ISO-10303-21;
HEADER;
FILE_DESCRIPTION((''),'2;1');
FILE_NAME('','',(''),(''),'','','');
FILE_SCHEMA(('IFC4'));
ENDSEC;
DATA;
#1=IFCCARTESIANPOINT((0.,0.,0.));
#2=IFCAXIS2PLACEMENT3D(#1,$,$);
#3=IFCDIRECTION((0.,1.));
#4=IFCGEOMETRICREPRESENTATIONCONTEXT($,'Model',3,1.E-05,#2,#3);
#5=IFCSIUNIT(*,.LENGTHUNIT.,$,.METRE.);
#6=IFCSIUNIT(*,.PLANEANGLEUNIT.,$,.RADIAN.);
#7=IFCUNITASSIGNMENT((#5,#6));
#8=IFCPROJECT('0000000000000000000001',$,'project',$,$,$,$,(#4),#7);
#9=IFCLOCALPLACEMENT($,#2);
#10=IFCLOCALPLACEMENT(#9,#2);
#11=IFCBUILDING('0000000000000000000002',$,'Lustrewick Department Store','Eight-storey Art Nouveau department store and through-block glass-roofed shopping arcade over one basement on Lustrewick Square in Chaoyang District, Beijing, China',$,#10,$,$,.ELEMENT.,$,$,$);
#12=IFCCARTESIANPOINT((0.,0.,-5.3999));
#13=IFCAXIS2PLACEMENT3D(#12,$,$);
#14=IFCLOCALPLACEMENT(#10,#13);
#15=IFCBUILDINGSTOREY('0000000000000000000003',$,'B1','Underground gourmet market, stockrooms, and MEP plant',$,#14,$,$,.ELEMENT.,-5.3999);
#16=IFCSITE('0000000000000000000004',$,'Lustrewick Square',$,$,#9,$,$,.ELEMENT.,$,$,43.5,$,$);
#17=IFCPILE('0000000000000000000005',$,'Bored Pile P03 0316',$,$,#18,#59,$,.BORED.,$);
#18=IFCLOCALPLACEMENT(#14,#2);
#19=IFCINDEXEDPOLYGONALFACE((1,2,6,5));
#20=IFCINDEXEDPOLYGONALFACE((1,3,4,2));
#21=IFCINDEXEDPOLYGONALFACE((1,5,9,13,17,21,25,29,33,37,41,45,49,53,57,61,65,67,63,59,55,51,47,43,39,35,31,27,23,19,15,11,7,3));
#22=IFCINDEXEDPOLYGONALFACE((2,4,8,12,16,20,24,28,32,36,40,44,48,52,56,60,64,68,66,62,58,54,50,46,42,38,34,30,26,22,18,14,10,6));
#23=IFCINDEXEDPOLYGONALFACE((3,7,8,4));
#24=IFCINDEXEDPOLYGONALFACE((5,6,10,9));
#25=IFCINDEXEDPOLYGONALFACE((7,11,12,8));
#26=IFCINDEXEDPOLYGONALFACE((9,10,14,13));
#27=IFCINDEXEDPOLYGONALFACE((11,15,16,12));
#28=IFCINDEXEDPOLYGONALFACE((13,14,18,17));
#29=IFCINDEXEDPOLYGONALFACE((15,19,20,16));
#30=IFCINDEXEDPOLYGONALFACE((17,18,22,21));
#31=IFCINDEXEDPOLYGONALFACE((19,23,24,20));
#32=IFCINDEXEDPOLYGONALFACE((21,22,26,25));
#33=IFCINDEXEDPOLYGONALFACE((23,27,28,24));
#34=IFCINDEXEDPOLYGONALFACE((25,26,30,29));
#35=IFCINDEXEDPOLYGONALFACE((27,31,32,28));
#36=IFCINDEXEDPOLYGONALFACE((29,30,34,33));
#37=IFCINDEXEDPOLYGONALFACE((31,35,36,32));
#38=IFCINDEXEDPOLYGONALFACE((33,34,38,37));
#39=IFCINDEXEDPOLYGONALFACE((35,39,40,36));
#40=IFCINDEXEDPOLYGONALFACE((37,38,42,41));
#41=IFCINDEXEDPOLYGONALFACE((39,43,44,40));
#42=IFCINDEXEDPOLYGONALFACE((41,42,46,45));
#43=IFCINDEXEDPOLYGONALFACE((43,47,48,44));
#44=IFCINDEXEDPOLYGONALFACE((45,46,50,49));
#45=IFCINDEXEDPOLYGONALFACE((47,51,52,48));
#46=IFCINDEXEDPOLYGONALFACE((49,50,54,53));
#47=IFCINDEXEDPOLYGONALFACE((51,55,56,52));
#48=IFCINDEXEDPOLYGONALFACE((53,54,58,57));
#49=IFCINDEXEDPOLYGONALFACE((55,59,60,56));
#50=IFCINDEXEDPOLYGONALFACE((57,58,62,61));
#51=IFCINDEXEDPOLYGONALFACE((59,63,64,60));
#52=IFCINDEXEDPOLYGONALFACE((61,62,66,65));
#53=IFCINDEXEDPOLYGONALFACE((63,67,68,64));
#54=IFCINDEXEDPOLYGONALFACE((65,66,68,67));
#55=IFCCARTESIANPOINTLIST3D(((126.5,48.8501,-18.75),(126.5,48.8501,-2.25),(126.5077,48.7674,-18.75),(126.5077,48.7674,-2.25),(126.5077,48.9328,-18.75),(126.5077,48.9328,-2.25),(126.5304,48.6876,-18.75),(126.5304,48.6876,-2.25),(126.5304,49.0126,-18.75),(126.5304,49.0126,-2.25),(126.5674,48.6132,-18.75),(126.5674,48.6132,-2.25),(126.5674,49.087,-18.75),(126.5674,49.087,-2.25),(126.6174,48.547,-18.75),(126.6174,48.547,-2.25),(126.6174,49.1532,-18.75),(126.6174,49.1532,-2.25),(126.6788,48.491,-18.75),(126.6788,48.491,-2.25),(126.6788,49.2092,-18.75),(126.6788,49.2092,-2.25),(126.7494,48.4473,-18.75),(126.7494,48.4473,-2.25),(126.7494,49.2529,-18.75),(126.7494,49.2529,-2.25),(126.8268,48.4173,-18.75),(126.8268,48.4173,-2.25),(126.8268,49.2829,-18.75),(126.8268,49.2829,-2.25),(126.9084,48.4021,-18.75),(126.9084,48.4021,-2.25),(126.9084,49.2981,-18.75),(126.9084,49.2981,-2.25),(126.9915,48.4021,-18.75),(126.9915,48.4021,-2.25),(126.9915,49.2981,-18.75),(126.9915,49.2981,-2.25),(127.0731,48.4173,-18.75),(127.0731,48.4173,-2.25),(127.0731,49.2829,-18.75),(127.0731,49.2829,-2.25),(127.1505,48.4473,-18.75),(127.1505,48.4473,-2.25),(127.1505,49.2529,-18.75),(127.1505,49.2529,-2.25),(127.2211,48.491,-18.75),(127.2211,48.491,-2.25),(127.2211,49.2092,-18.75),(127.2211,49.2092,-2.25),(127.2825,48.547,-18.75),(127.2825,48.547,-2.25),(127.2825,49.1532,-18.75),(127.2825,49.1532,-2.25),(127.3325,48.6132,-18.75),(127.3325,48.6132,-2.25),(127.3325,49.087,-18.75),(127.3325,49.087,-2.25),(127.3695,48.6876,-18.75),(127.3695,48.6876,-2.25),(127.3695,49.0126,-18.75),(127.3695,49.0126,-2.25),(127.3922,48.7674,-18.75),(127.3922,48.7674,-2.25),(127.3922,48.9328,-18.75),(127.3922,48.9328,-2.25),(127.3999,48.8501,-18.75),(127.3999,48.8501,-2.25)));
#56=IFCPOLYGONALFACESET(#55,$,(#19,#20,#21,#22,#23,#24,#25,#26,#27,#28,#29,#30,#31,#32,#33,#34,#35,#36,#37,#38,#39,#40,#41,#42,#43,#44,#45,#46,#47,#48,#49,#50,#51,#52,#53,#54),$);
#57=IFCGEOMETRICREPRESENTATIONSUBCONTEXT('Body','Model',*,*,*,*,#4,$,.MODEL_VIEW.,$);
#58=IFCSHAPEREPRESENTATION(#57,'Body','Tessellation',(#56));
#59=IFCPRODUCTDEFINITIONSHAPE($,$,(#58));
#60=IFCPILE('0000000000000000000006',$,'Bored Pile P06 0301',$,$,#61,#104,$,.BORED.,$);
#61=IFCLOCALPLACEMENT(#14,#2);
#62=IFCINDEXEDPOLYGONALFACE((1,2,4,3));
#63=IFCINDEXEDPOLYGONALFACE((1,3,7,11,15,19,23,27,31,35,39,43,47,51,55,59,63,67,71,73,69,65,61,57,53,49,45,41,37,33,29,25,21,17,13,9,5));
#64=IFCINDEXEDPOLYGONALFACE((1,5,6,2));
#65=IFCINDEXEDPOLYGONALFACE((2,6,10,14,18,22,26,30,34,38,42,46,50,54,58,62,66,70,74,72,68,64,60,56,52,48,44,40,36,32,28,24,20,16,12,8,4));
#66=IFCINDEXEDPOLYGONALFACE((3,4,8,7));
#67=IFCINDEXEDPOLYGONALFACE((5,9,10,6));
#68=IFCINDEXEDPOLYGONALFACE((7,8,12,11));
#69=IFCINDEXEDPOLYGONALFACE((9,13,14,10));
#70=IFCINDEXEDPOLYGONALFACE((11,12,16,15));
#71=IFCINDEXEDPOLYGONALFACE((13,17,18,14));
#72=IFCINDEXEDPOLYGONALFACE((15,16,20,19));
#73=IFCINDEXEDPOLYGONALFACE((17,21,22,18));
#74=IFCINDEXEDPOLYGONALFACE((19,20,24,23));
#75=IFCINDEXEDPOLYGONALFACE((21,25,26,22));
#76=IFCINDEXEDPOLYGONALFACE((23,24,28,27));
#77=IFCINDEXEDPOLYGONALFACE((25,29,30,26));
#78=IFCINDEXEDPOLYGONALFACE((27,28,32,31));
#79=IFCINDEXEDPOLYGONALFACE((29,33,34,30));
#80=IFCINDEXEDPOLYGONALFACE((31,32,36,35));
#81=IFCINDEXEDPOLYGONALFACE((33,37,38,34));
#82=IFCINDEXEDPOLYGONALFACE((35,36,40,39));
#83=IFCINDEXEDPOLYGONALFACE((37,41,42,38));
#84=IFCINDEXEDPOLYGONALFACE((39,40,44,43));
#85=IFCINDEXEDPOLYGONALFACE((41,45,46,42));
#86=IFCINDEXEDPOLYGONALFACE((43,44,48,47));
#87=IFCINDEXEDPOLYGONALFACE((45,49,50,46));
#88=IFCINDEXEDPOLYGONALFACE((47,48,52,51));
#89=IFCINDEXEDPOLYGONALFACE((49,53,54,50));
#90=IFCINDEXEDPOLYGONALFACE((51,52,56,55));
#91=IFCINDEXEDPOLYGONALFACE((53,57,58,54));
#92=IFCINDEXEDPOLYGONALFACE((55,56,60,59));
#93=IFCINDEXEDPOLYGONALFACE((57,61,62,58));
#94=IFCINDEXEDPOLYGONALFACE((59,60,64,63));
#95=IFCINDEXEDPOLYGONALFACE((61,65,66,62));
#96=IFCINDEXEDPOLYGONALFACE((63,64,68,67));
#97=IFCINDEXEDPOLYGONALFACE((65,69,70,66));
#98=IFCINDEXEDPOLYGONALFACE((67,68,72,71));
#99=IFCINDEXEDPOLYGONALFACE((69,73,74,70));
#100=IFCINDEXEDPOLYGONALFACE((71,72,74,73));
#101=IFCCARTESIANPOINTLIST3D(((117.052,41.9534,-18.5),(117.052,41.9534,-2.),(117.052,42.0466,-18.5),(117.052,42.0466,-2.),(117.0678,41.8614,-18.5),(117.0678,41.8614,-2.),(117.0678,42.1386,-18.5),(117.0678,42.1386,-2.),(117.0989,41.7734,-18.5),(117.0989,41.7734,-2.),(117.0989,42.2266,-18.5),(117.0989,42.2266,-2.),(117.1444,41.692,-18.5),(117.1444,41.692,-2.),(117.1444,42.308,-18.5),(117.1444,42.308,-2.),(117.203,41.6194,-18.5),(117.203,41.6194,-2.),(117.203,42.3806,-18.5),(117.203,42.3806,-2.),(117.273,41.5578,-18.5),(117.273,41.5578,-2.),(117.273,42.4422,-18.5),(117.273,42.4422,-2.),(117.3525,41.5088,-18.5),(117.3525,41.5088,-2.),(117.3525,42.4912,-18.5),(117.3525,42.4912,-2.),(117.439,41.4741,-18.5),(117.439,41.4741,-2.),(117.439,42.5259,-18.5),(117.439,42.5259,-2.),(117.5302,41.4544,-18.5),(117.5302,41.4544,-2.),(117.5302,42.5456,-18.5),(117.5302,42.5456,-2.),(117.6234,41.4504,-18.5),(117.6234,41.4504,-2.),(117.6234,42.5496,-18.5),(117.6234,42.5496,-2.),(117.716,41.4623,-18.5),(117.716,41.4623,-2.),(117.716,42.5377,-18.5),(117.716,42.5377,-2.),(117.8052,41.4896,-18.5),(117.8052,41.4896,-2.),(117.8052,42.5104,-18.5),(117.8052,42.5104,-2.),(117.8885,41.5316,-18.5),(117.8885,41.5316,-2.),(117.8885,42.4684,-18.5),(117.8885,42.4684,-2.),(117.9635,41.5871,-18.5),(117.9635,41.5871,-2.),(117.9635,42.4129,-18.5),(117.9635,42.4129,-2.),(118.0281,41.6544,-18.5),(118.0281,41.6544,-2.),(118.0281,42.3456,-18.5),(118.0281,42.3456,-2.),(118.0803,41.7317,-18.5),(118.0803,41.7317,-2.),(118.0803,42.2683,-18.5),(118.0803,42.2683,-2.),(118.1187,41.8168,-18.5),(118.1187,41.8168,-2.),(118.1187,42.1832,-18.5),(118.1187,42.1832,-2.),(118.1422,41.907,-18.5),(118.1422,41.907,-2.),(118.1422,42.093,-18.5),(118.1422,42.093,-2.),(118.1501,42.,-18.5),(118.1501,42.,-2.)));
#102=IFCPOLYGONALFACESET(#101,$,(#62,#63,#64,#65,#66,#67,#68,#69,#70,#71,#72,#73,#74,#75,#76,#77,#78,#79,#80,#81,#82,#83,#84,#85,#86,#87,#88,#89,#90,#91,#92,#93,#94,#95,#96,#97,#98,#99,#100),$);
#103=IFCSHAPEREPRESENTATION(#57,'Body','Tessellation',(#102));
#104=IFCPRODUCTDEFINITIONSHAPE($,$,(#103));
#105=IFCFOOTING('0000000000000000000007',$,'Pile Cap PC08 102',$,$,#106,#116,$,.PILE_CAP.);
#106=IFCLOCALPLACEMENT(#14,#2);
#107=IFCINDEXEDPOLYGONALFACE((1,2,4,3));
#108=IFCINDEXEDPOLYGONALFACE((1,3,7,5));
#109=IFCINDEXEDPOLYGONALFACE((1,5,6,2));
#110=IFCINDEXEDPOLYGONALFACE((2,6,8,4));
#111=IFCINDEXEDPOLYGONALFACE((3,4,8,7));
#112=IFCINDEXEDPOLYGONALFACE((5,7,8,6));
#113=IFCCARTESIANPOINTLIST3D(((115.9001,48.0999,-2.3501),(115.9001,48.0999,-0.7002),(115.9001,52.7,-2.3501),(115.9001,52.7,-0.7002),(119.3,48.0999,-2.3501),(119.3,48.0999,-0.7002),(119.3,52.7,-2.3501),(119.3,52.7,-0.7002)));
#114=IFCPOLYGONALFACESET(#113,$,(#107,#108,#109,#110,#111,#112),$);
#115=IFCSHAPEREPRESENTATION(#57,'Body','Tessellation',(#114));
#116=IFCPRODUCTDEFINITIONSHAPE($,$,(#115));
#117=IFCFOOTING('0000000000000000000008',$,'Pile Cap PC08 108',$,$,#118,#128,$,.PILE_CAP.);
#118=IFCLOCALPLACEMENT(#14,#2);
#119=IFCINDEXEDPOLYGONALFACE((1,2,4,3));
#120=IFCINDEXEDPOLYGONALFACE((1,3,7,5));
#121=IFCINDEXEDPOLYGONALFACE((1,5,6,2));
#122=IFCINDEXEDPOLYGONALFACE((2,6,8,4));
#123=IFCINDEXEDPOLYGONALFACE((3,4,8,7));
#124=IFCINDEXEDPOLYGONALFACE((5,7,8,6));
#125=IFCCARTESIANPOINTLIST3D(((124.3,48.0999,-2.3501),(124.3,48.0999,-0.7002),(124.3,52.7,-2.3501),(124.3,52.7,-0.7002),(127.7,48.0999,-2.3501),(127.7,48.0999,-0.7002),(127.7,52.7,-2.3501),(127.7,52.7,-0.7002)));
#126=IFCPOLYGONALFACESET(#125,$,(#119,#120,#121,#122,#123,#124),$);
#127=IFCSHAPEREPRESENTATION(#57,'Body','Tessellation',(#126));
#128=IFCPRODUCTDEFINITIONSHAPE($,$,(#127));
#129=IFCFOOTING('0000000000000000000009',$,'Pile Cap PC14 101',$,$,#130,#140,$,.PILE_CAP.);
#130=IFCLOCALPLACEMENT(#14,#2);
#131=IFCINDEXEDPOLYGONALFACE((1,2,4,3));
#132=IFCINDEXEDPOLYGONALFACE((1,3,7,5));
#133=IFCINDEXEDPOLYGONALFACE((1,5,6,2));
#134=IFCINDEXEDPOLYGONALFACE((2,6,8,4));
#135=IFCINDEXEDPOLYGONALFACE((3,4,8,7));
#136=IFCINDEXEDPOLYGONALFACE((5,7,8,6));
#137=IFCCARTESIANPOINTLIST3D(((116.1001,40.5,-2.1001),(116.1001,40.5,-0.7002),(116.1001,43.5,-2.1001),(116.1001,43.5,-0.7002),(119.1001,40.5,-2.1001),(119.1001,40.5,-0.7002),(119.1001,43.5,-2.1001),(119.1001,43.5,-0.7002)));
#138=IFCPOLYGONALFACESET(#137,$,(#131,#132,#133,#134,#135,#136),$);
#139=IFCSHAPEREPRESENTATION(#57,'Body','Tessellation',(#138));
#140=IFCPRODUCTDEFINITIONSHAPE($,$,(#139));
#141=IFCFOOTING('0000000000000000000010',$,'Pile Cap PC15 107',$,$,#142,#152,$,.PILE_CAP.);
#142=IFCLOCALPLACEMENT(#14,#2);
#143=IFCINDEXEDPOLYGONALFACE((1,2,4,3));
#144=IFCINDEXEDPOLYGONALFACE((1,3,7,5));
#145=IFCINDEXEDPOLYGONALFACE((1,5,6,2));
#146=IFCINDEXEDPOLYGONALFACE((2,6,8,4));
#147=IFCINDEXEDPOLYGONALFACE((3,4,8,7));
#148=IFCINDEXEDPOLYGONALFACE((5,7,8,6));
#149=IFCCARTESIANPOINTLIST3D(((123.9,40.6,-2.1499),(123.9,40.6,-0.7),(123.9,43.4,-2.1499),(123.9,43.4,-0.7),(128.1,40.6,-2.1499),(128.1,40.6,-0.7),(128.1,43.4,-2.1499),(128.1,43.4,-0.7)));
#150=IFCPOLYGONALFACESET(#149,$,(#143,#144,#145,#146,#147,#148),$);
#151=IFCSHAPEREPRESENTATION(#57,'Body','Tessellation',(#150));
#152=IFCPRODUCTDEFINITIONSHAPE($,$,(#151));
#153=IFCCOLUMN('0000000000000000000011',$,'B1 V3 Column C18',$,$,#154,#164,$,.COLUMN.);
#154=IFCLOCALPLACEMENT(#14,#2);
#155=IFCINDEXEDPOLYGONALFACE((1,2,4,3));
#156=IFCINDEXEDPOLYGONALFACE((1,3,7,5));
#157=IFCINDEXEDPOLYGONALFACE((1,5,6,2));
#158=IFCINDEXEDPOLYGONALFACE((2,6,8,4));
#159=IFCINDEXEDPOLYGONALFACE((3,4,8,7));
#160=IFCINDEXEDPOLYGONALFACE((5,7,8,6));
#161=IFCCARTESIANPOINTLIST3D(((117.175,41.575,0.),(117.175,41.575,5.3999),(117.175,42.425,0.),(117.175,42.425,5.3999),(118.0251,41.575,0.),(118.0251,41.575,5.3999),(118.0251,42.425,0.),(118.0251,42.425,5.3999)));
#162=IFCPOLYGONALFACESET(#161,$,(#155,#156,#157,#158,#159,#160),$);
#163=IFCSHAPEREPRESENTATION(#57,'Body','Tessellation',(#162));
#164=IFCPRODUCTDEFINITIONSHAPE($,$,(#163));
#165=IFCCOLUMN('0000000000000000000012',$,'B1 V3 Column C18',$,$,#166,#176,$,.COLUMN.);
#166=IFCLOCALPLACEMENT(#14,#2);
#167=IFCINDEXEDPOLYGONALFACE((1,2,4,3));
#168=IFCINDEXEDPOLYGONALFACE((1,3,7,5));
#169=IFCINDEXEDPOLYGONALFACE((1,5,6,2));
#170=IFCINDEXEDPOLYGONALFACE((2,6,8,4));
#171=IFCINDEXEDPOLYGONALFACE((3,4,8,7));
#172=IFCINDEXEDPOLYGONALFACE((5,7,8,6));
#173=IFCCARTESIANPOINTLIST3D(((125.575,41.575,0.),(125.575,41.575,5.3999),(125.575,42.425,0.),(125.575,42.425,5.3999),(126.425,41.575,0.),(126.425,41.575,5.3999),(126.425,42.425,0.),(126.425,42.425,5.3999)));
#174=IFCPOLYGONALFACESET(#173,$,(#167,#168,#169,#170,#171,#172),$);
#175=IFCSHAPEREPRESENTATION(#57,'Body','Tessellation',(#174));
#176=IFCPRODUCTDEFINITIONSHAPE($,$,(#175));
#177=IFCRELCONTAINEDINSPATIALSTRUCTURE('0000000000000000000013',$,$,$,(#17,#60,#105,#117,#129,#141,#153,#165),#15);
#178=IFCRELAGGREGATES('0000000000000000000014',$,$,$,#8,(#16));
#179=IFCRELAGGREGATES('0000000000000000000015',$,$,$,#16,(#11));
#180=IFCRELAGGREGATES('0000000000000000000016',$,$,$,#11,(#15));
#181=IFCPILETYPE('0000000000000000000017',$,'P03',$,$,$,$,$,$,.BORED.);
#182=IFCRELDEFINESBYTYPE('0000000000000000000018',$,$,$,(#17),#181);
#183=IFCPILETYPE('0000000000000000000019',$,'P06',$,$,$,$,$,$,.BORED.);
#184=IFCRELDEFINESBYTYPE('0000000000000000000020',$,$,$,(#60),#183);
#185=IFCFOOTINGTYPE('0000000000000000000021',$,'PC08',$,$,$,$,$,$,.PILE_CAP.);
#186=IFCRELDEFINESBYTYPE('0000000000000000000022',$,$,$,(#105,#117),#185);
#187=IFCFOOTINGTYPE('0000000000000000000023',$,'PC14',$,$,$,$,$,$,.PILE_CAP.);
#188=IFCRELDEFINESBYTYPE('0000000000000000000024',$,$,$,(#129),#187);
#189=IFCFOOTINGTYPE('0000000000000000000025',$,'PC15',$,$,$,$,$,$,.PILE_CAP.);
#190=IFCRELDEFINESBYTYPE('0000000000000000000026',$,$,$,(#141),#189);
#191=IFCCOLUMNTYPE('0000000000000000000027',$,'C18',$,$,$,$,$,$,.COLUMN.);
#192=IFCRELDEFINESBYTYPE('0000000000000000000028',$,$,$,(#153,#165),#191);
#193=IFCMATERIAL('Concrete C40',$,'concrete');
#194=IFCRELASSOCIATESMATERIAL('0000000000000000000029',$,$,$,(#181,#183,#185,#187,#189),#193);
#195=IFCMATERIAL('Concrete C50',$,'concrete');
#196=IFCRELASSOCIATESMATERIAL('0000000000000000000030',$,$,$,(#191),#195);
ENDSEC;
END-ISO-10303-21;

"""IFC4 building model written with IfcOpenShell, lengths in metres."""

from ifc_helpers import new_model, si_unit, direction, frame, origin, origin_2d, place, context, subcontext, project, spatial, rectangle, circle, extrude, material, material_profile, profile_set, type_object, element, save


model = new_model("IFC4")

# Units and contexts
model_context = context("Model", 3, precision=1e-05, world=origin(), true_north=direction((0.0, 1.0)))
body_context = subcontext(model_context, "Body", "Model", "MODEL_VIEW")
ifc_project = project(units=[si_unit("LENGTHUNIT", "METRE"), si_unit("PLANEANGLEUNIT", "RADIAN")], contexts=[model_context])

# Site, building, storey
site_placement = place(None, origin())
site = spatial("IfcSite", under=ifc_project, at=site_placement, Name="Lustrewick Square", CompositionType="ELEMENT", RefElevation=43.5)
building_placement = place(site_placement, origin())
building = spatial("IfcBuilding", under=site, at=building_placement, Name="Lustrewick Department Store", Description="Eight-storey Art Nouveau department store and through-block glass-roofed shopping arcade over one basement on Lustrewick Square in Chaoyang District, Beijing, China", CompositionType="ELEMENT")
storey_placement = place(building_placement, frame((0.0, 0.0, -5.3999)))
storey = spatial("IfcBuildingStorey", under=building, at=storey_placement, Name="B1", Description="Underground gourmet market, stockrooms, and MEP plant", CompositionType="ELEMENT", Elevation=-5.3999)

# Piles
ifc_material_1 = material(Name="Concrete C40", Category="concrete")
ifc_material_profile_1 = material_profile(ifc_material_1, circle(Radius=0.45, at=origin_2d()), Name="PILE D900")
ifc_profile_set_1 = profile_set([ifc_material_profile_1], Name="Concrete C40")
pile_type_1 = type_object("IfcPileType", Name="P03", PredefinedType="BORED", material=ifc_profile_set_1)
for number, where, z_axis, x_axis, name in (
    (1, (126.95, 48.8501, -2.25), (0.0, 0.0, -1.0), (1.0, 0.0, 0.0), "Bored Pile P03 0316"),
):
    element("IfcPile", number, at=place(storey_placement, frame(where, z_axis=z_axis, x_axis=x_axis)), inside=storey, type_object=pile_type_1, Name=name, PredefinedType="BORED", context=body_context, shape_type="SweptSolid", body=[
        extrude(circle(Radius=0.45, at=origin_2d()), origin(), (0.0, 0.0, 1.0), 16.5),
    ])
ifc_material_profile_2 = material_profile(ifc_material_1, circle(Radius=0.55, at=origin_2d()), Name="PILE D1100")
ifc_profile_set_2 = profile_set([ifc_material_profile_2], Name="Concrete C40")
pile_type_2 = type_object("IfcPileType", Name="P06", PredefinedType="BORED", material=ifc_profile_set_2)
pile_placement = place(storey_placement, frame((117.6001, 42.0, -2.0), z_axis=(0.0, 0.0, -1.0), x_axis=(1.0, 0.0, 0.0)))
element("IfcPile", 2, at=pile_placement, inside=storey, type_object=pile_type_2, Name="Bored Pile P06 0301", PredefinedType="BORED", context=body_context, shape_type="SweptSolid", body=[
    extrude(circle(Radius=0.55, at=origin_2d()), origin(), (0.0, 0.0, 1.0), 16.5),
])

# Footings
footing_type_1 = type_object("IfcFootingType", Name="PC08", PredefinedType="PILE_CAP", material=ifc_material_1)
for number, where, z_axis, x_axis, name in (
    (3, (117.6001, 50.3999, -2.3501), (0.0, 0.0, 1.0), (1.0, 0.0, 0.0), "Pile Cap PC08 102"),
    (4, (126.0, 50.3999, -2.3501), (0.0, 0.0, 1.0), (1.0, 0.0, 0.0), "Pile Cap PC08 108"),
):
    element("IfcFooting", number, at=place(storey_placement, frame(where, z_axis=z_axis, x_axis=x_axis)), inside=storey, type_object=footing_type_1, Name=name, PredefinedType="PILE_CAP", context=body_context, shape_type="SweptSolid", body=[
        extrude(rectangle(XDim=3.3999, YDim=4.6001, at=origin_2d()), origin(), (0.0, 0.0, 1.0), 1.6499),
    ])
footing_type_2 = type_object("IfcFootingType", Name="PC14", PredefinedType="PILE_CAP", material=ifc_material_1)
footing_1_placement = place(storey_placement, frame((117.6001, 42.0, -2.1001), z_axis=(0.0, 0.0, 1.0), x_axis=(1.0, 0.0, 0.0)))
element("IfcFooting", 5, at=footing_1_placement, inside=storey, type_object=footing_type_2, Name="Pile Cap PC14 101", PredefinedType="PILE_CAP", context=body_context, shape_type="SweptSolid", body=[
    extrude(rectangle(XDim=3.0, YDim=3.0, at=origin_2d()), origin(), (0.0, 0.0, 1.0), 1.3999),
])
footing_type_3 = type_object("IfcFootingType", Name="PC15", PredefinedType="PILE_CAP", material=ifc_material_1)
footing_2_placement = place(storey_placement, frame((126.0, 42.0, -2.1499), z_axis=(0.0, 0.0, 1.0), x_axis=(1.0, 0.0, 0.0)))
element("IfcFooting", 6, at=footing_2_placement, inside=storey, type_object=footing_type_3, Name="Pile Cap PC15 107", PredefinedType="PILE_CAP", context=body_context, shape_type="SweptSolid", body=[
    extrude(rectangle(XDim=4.2, YDim=2.8, at=origin_2d()), origin(), (0.0, 0.0, 1.0), 1.45),
])

# Columns
ifc_material_2 = material(Name="Concrete C50", Category="concrete")
ifc_material_profile_3 = material_profile(ifc_material_2, rectangle(XDim=0.8501, YDim=0.8501, at=origin_2d()), Name="RC 850x850")
ifc_profile_set_3 = profile_set([ifc_material_profile_3], Name="Concrete C50")
column_type_1 = type_object("IfcColumnType", Name="C18", PredefinedType="COLUMN", material=ifc_profile_set_3)
for number, where, z_axis, x_axis, name in (
    (7, (117.6001, 42.0, 0.0), (0.0, 0.0, 1.0), (1.0, 0.0, 0.0), "B1 V3 Column C18"),
    (8, (126.0, 42.0, 0.0), (0.0, 0.0, 1.0), (1.0, 0.0, 0.0), "B1 V3 Column C18"),
):
    element("IfcColumn", number, at=place(storey_placement, frame(where, z_axis=z_axis, x_axis=x_axis)), inside=storey, type_object=column_type_1, Name=name, PredefinedType="COLUMN", context=body_context, shape_type="SweptSolid", body=[
        extrude(rectangle(XDim=0.8501, YDim=0.8501, at=origin_2d()), origin(), (0.0, 0.0, 1.0), 5.3999),
    ])

save(model, "model.ifc")
